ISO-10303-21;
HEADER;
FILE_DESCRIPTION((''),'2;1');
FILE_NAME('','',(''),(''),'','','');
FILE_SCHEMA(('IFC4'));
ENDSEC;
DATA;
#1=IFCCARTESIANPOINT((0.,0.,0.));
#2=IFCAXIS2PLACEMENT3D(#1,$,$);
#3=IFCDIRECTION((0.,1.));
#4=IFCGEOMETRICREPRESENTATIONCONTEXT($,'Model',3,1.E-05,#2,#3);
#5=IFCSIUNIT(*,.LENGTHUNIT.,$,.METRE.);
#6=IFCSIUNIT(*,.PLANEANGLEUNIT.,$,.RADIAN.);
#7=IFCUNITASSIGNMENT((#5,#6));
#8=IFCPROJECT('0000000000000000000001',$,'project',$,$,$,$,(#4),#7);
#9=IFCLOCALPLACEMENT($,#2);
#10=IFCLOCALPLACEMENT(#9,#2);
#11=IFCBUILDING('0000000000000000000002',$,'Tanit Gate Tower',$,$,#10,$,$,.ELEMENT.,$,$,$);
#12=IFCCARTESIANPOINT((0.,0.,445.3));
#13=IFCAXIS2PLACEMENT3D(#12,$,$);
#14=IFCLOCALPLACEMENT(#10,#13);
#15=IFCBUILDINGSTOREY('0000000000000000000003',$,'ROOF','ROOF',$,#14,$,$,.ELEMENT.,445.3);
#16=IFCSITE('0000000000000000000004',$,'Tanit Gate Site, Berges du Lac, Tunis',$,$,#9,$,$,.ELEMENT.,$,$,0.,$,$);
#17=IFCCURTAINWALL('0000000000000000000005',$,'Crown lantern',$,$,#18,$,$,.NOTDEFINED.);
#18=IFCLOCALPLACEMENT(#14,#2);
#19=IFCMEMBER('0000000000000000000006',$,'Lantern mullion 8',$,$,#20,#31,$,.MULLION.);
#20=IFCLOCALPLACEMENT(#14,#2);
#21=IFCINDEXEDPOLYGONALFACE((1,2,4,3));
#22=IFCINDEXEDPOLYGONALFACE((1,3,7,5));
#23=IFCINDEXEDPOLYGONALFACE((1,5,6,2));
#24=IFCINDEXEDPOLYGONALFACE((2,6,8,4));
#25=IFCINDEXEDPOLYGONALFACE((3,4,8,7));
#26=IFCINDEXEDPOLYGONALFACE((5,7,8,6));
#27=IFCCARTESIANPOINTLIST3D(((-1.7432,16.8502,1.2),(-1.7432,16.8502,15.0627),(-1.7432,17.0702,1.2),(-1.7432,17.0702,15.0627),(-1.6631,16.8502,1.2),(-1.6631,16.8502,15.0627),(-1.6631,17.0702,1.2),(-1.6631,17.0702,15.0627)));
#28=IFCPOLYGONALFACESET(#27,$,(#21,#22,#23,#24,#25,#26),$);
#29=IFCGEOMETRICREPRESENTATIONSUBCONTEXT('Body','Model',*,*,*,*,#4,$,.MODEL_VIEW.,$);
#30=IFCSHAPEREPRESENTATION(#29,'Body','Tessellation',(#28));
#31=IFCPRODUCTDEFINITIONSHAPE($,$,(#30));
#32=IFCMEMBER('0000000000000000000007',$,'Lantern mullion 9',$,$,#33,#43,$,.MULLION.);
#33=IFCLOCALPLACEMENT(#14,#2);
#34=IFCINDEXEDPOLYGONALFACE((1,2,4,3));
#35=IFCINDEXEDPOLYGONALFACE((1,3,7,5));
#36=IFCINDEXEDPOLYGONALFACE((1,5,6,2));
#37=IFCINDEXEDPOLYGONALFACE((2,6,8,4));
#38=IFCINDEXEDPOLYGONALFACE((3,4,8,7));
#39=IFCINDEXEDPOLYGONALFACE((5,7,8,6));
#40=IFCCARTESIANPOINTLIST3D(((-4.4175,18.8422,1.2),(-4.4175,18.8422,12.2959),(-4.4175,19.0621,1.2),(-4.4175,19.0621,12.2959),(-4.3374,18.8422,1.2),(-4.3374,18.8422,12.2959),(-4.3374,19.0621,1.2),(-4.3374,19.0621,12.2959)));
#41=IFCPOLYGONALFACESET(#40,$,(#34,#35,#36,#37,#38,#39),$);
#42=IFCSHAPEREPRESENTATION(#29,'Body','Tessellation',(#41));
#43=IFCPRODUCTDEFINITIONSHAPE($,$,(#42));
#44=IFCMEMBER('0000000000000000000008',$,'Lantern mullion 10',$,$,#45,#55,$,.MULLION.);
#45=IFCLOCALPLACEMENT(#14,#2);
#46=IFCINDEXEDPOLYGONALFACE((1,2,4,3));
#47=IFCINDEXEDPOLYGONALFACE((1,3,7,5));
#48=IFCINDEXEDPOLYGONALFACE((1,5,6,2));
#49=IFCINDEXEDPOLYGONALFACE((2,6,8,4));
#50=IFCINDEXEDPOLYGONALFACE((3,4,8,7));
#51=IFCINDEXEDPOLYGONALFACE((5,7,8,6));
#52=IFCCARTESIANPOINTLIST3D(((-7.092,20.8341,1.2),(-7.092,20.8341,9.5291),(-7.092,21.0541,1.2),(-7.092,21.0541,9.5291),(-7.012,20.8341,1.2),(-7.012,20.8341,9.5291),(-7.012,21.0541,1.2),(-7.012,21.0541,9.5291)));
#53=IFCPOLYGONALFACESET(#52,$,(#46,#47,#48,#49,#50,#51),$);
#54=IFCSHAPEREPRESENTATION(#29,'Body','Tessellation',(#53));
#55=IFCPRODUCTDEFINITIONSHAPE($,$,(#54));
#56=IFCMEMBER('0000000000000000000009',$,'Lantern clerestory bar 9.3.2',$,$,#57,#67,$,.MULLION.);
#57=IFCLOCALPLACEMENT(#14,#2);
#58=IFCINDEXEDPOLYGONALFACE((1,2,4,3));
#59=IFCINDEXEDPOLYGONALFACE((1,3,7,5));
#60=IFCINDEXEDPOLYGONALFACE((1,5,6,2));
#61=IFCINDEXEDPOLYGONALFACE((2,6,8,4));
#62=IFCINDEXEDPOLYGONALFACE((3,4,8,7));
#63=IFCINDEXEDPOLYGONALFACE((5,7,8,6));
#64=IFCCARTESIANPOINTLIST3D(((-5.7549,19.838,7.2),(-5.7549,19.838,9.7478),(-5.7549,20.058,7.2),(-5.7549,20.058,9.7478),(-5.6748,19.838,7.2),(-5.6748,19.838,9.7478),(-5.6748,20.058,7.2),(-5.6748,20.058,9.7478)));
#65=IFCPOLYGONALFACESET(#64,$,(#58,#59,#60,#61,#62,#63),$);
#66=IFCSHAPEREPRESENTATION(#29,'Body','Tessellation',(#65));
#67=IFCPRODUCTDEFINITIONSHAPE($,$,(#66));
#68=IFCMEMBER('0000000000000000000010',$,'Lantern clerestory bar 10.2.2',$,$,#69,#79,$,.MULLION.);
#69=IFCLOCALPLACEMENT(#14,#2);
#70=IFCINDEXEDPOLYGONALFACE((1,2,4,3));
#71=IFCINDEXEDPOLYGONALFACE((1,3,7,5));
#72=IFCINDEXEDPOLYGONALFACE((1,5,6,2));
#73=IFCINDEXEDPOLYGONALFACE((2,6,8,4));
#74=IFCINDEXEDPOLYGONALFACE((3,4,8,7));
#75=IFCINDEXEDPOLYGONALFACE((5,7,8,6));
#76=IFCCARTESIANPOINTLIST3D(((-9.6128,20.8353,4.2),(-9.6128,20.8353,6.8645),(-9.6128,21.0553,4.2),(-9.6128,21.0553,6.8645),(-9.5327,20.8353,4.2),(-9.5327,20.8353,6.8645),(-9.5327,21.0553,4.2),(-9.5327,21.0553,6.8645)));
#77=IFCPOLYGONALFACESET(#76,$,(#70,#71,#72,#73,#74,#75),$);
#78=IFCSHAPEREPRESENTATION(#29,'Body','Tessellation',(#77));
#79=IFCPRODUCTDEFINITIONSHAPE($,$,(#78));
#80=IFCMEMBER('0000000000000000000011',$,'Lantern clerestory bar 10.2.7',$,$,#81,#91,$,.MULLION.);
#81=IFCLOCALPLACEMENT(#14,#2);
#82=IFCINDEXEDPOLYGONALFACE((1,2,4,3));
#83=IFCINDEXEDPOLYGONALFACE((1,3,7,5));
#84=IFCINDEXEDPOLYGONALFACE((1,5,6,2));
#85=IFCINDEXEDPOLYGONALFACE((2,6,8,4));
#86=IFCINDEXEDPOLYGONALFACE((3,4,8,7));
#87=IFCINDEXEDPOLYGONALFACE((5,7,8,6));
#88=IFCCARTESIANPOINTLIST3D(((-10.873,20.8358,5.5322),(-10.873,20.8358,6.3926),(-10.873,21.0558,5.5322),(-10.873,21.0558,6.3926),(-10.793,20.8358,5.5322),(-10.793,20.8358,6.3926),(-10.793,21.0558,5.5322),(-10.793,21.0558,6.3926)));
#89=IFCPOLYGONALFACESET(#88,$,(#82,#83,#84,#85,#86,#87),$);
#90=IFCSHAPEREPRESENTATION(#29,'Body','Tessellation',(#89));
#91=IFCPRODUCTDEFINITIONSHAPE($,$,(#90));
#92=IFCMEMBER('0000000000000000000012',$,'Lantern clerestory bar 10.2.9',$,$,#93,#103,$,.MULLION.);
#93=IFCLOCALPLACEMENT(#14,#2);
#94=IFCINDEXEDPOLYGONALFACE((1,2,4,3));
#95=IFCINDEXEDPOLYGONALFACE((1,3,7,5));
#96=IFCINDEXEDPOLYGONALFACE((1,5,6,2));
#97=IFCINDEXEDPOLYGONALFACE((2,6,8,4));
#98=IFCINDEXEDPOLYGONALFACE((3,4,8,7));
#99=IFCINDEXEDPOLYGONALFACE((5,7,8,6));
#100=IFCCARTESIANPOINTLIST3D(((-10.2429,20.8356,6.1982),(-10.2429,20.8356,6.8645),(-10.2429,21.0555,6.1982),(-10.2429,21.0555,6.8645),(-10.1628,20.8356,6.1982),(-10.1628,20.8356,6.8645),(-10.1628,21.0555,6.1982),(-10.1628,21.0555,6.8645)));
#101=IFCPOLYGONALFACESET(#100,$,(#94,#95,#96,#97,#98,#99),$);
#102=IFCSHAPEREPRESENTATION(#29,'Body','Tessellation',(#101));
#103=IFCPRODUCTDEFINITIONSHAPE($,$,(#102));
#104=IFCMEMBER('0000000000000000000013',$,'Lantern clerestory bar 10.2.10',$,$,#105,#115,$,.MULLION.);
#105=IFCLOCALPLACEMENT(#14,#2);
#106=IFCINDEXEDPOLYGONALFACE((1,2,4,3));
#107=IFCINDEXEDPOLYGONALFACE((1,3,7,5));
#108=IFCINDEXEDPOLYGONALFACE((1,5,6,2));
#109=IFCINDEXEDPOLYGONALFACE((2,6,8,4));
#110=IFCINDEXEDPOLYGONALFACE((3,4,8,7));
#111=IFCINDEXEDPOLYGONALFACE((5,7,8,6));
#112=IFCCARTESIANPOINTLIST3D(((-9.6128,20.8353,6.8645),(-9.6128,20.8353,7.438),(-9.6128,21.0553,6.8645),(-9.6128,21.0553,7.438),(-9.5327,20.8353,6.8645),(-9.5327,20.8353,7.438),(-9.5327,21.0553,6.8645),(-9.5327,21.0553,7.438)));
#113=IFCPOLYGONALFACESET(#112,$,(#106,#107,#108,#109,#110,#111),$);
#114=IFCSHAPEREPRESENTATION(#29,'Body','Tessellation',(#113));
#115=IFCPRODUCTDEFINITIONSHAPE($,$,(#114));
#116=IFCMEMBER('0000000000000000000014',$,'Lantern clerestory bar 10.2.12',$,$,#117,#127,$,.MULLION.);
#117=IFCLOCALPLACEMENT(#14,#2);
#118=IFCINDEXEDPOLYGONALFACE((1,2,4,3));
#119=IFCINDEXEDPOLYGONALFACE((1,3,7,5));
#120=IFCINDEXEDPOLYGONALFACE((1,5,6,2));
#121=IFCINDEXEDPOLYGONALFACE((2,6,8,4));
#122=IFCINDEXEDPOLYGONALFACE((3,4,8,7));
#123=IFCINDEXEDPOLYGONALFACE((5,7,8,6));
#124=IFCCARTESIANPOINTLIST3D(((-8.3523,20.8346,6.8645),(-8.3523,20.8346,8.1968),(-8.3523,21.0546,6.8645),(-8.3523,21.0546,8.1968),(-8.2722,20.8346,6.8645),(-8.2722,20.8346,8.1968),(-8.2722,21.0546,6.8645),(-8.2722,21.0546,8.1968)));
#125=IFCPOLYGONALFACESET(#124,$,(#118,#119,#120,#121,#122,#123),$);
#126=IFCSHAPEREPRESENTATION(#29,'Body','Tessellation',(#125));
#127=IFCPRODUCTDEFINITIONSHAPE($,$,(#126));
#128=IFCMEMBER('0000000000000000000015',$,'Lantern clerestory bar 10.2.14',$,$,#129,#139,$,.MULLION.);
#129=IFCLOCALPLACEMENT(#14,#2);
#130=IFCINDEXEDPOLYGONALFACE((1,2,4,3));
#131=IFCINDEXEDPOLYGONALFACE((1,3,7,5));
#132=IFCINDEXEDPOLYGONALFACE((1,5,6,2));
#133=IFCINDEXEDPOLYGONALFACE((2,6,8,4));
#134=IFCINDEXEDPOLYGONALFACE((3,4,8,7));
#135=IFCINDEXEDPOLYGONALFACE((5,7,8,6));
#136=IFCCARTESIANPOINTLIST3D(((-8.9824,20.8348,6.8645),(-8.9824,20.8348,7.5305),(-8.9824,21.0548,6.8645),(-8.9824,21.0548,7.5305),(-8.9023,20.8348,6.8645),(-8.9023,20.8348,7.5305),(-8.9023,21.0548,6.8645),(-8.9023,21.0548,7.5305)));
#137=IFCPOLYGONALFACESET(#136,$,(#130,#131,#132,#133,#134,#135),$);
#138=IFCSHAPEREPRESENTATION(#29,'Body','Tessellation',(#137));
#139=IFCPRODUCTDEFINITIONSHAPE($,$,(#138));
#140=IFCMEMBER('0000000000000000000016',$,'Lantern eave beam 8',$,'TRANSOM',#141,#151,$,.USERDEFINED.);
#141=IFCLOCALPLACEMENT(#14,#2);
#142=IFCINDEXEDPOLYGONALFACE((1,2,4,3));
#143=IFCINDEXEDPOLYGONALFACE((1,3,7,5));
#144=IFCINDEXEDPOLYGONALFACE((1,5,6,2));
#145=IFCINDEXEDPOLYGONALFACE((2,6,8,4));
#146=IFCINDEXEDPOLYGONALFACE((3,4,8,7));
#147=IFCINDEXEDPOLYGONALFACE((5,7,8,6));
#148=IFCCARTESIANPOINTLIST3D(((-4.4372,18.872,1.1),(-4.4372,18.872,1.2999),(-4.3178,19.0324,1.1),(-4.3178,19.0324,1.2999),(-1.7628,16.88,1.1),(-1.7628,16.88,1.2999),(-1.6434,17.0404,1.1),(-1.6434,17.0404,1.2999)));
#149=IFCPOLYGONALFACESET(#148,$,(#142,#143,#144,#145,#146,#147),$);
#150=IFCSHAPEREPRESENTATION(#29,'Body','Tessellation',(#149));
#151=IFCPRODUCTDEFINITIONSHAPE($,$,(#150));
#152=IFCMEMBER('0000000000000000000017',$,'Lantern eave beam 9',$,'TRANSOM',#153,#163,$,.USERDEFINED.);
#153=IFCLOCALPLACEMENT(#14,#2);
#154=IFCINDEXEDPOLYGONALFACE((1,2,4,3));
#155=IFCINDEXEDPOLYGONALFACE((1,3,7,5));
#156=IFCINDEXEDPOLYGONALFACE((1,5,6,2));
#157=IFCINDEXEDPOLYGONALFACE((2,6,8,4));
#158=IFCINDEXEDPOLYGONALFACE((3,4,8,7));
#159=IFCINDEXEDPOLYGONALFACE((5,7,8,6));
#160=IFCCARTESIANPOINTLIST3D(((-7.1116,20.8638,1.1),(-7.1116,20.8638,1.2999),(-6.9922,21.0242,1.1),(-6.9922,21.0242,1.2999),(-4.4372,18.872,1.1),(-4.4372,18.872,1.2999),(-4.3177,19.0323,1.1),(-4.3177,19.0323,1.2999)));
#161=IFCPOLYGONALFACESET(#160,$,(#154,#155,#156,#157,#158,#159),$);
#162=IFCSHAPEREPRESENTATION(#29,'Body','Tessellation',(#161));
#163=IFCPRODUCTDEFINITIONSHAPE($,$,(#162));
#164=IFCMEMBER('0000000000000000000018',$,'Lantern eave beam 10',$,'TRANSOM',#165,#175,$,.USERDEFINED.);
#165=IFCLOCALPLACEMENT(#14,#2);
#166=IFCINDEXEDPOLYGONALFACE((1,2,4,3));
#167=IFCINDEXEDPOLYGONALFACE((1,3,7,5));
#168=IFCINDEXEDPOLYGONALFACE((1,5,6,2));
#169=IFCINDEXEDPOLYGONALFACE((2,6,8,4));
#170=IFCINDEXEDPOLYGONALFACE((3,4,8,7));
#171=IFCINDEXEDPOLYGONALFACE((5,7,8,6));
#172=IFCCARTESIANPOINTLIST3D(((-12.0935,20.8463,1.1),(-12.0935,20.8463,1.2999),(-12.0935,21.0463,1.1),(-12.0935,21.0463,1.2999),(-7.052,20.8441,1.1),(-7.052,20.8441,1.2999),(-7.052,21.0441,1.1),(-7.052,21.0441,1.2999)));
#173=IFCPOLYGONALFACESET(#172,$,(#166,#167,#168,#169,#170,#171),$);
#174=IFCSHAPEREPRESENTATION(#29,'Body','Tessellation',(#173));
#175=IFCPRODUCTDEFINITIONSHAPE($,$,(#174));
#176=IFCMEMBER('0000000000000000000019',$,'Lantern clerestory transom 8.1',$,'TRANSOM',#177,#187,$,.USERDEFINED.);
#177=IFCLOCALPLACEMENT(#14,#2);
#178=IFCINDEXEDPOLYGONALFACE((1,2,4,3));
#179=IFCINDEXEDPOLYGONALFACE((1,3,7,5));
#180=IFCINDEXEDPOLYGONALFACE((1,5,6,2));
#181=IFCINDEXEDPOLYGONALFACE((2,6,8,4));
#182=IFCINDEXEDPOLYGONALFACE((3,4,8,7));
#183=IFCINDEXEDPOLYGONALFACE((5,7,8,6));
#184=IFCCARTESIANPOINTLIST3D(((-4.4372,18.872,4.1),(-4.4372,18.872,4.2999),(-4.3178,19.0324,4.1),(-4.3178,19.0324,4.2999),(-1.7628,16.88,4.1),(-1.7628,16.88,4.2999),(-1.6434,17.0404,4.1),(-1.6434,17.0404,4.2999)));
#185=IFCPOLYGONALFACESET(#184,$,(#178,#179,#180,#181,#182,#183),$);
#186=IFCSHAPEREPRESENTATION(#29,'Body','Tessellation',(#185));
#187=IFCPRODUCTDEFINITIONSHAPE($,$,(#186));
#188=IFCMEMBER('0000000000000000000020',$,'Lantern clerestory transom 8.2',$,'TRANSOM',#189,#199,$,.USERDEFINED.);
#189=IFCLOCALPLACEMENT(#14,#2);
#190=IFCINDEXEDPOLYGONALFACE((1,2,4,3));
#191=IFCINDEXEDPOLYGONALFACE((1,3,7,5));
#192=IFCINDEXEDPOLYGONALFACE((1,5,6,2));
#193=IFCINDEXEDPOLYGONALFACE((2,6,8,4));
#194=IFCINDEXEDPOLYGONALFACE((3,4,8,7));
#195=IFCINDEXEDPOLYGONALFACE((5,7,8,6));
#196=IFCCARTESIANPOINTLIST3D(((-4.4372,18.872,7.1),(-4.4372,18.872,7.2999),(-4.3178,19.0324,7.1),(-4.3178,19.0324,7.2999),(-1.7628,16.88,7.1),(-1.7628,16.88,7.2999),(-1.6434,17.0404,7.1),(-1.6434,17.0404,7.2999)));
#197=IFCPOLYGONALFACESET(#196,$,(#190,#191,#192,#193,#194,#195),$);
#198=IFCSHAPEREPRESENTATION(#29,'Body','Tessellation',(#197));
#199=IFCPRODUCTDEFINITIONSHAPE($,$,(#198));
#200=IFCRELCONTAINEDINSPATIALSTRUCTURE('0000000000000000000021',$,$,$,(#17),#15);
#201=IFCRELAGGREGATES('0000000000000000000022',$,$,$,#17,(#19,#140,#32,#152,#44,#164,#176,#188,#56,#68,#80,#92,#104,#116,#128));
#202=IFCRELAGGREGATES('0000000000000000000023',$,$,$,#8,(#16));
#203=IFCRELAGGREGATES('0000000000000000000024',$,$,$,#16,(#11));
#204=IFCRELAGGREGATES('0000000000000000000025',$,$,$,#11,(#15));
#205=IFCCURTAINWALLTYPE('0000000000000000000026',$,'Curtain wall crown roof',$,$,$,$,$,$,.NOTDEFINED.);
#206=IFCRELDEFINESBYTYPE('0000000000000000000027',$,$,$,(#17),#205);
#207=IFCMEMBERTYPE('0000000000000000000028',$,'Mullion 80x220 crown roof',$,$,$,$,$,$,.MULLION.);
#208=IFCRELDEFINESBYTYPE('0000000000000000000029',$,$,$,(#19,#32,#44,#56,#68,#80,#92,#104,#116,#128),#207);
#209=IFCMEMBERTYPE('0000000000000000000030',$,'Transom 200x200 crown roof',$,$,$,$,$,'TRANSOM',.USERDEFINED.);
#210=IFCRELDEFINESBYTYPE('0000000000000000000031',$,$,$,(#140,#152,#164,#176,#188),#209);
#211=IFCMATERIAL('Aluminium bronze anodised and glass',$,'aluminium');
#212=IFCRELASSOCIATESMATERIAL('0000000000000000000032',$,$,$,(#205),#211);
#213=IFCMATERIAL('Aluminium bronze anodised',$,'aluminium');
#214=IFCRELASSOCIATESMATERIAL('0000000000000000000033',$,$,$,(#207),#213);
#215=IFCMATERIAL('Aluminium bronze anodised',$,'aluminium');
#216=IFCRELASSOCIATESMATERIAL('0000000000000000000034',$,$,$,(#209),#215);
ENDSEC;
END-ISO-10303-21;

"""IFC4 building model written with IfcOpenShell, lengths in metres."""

from ifc_helpers import new_model, si_unit, direction, frame, origin, origin_2d, place, context, subcontext, project, spatial, rectangle, extrude, material, material_profile, profile_set, type_object, element, aggregate, save


model = new_model("IFC4")

# Units and contexts
model_context = context("Model", 3, precision=1e-05, world=origin(), true_north=direction((0.0, 1.0)))
body_context = subcontext(model_context, "Body", "Model", "MODEL_VIEW")
ifc_project = project(units=[si_unit("LENGTHUNIT", "METRE"), si_unit("PLANEANGLEUNIT", "RADIAN")], contexts=[model_context])

# Site, building, storey
site_placement = place(None, origin())
site = spatial("IfcSite", under=ifc_project, at=site_placement, Name="Tanit Gate Site, Berges du Lac, Tunis", CompositionType="ELEMENT", RefElevation=0.0)
building_placement = place(site_placement, origin())
building = spatial("IfcBuilding", under=site, at=building_placement, Name="Tanit Gate Tower", CompositionType="ELEMENT")
storey_placement = place(building_placement, frame((0.0, 0.0, 445.3)))
storey = spatial("IfcBuildingStorey", under=building, at=storey_placement, Name="ROOF", Description="ROOF", CompositionType="ELEMENT", Elevation=445.3)

# Curtain wall, members
ifc_material_1 = material(Name="Aluminium bronze anodised and glass", Category="aluminium")
curtain_wall_type = type_object("IfcCurtainWallType", Name="Curtain wall crown roof", PredefinedType="NOTDEFINED", material=ifc_material_1)
curtain_wall_placement = place(storey_placement, origin())
curtain_wall = element("IfcCurtainWall", 1, at=curtain_wall_placement, inside=storey, type_object=curtain_wall_type, Name="Crown lantern", PredefinedType="NOTDEFINED")
ifc_material_2 = material(Name="Aluminium bronze anodised", Category="aluminium")
ifc_material_profile_1 = material_profile(ifc_material_2, rectangle(XDim=0.0801, YDim=0.22, at=origin_2d()), Name="80x220 bronze rafter")
ifc_profile_set_1 = profile_set([ifc_material_profile_1], Name="Aluminium bronze anodised")
member_type_1 = type_object("IfcMemberType", Name="Mullion 80x220 crown roof", PredefinedType="MULLION", material=ifc_profile_set_1)
member_1_placement = place(storey_placement, frame((-1.7031, 16.9602, 1.2), z_axis=(0.0, 0.0, 1.0), x_axis=(1.0, 0.0, 0.0)))
member_1 = element("IfcMember", 2, at=member_1_placement, type_object=member_type_1, Name="Lantern mullion 8", PredefinedType="MULLION", context=body_context, shape_type="SweptSolid", body=[
    extrude(rectangle(XDim=0.0801, YDim=0.22, at=origin_2d()), origin(), (0.0, 0.0, 1.0), 13.8628),
])
member_2_placement = place(storey_placement, frame((-4.3774, 18.9521, 1.2), z_axis=(0.0, 0.0, 1.0), x_axis=(1.0, 0.0, 0.0)))
member_2 = element("IfcMember", 3, at=member_2_placement, type_object=member_type_1, Name="Lantern mullion 9", PredefinedType="MULLION", context=body_context, shape_type="SweptSolid", body=[
    extrude(rectangle(XDim=0.0801, YDim=0.22, at=origin_2d()), origin(), (0.0, 0.0, 1.0), 11.0959),
])
member_3_placement = place(storey_placement, frame((-7.052, 20.9441, 1.2), z_axis=(0.0, 0.0, 1.0), x_axis=(1.0, 0.0, 0.0)))
member_3 = element("IfcMember", 4, at=member_3_placement, type_object=member_type_1, Name="Lantern mullion 10", PredefinedType="MULLION", context=body_context, shape_type="SweptSolid", body=[
    extrude(rectangle(XDim=0.0801, YDim=0.22, at=origin_2d()), origin(), (0.0, 0.0, 1.0), 8.3291),
])
member_4_placement = place(storey_placement, frame((-5.7148, 19.948, 7.2), z_axis=(0.0, 0.0, 1.0), x_axis=(1.0, 0.0, 0.0)))
member_4 = element("IfcMember", 5, at=member_4_placement, type_object=member_type_1, Name="Lantern clerestory bar 9.3.2", PredefinedType="MULLION", context=body_context, shape_type="SweptSolid", body=[
    extrude(rectangle(XDim=0.0801, YDim=0.22, at=origin_2d()), origin(), (0.0, 0.0, 1.0), 2.5479),
])
member_5_placement = place(storey_placement, frame((-9.5728, 20.9453, 4.2), z_axis=(0.0, 0.0, 1.0), x_axis=(1.0, 0.0, 0.0)))
member_5 = element("IfcMember", 6, at=member_5_placement, type_object=member_type_1, Name="Lantern clerestory bar 10.2.2", PredefinedType="MULLION", context=body_context, shape_type="SweptSolid", body=[
    extrude(rectangle(XDim=0.0801, YDim=0.22, at=origin_2d()), origin(), (0.0, 0.0, 1.0), 2.6646),
])
member_6_placement = place(storey_placement, frame((-10.833, 20.9458, 5.5322), z_axis=(0.0, 0.0, 1.0), x_axis=(1.0, 0.0, 0.0)))
member_6 = element("IfcMember", 7, at=member_6_placement, type_object=member_type_1, Name="Lantern clerestory bar 10.2.7", PredefinedType="MULLION", context=body_context, shape_type="SweptSolid", body=[
    extrude(rectangle(XDim=0.0801, YDim=0.22, at=origin_2d()), origin(), (0.0, 0.0, 1.0), 0.8604),
])
member_7_placement = place(storey_placement, frame((-10.2029, 20.9456, 6.1982), z_axis=(0.0, 0.0, 1.0), x_axis=(1.0, 0.0, 0.0)))
member_7 = element("IfcMember", 8, at=member_7_placement, type_object=member_type_1, Name="Lantern clerestory bar 10.2.9", PredefinedType="MULLION", context=body_context, shape_type="SweptSolid", body=[
    extrude(rectangle(XDim=0.0801, YDim=0.22, at=origin_2d()), origin(), (0.0, 0.0, 1.0), 0.6663),
])
member_8_placement = place(storey_placement, frame((-9.5728, 20.9453, 6.8645), z_axis=(0.0, 0.0, 1.0), x_axis=(1.0, 0.0, 0.0)))
member_8 = element("IfcMember", 9, at=member_8_placement, type_object=member_type_1, Name="Lantern clerestory bar 10.2.10", PredefinedType="MULLION", context=body_context, shape_type="SweptSolid", body=[
    extrude(rectangle(XDim=0.0801, YDim=0.22, at=origin_2d()), origin(), (0.0, 0.0, 1.0), 0.5735),
])
member_9_placement = place(storey_placement, frame((-8.3123, 20.9446, 6.8645), z_axis=(0.0, 0.0, 1.0), x_axis=(1.0, 0.0, 0.0)))
member_9 = element("IfcMember", 10, at=member_9_placement, type_object=member_type_1, Name="Lantern clerestory bar 10.2.12", PredefinedType="MULLION", context=body_context, shape_type="SweptSolid", body=[
    extrude(rectangle(XDim=0.0801, YDim=0.22, at=origin_2d()), origin(), (0.0, 0.0, 1.0), 1.3323),
])
member_10_placement = place(storey_placement, frame((-8.9424, 20.9448, 6.8645), z_axis=(0.0, 0.0, 1.0), x_axis=(1.0, 0.0, 0.0)))
member_10 = element("IfcMember", 11, at=member_10_placement, type_object=member_type_1, Name="Lantern clerestory bar 10.2.14", PredefinedType="MULLION", context=body_context, shape_type="SweptSolid", body=[
    extrude(rectangle(XDim=0.0801, YDim=0.22, at=origin_2d()), origin(), (0.0, 0.0, 1.0), 0.666),
])
ifc_material_3 = material(Name="Aluminium bronze anodised", Category="aluminium")
ifc_material_profile_2 = material_profile(ifc_material_3, rectangle(XDim=0.2, YDim=0.2, at=origin_2d()), Name="200x200 bronze transom")
ifc_profile_set_2 = profile_set([ifc_material_profile_2], Name="Aluminium bronze anodised")
member_type_2 = type_object("IfcMemberType", Name="Transom 200x200 crown roof", ElementType="TRANSOM", PredefinedType="USERDEFINED", material=ifc_profile_set_2)
member_11_placement = place(storey_placement, frame((-1.7031, 16.9602, 1.2), z_axis=(-0.801981, 0.597349, 0.0), x_axis=(-0.597349, -0.801981, 0.0)))
member_11 = element("IfcMember", 12, at=member_11_placement, type_object=member_type_2, Name="Lantern eave beam 8", ObjectType="TRANSOM", PredefinedType="USERDEFINED", context=body_context, shape_type="SweptSolid", body=[
    extrude(rectangle(XDim=0.2, YDim=0.2, at=origin_2d()), origin(), (0.0, 0.0, 1.0), 3.3347),
])
member_12_placement = place(storey_placement, frame((-4.3774, 18.9521, 1.2), z_axis=(-0.802007, 0.597314, 0.0), x_axis=(-0.597314, -0.802007, 0.0)))
member_12 = element("IfcMember", 13, at=member_12_placement, type_object=member_type_2, Name="Lantern eave beam 9", ObjectType="TRANSOM", PredefinedType="USERDEFINED", context=body_context, shape_type="SweptSolid", body=[
    extrude(rectangle(XDim=0.2, YDim=0.2, at=origin_2d()), origin(), (0.0, 0.0, 1.0), 3.3347),
])
member_13_placement = place(storey_placement, frame((-7.052, 20.9441, 1.2), z_axis=(-1.0, 0.000436, 0.0), x_axis=(-0.000436, -1.0, 0.0)))
member_13 = element("IfcMember", 14, at=member_13_placement, type_object=member_type_2, Name="Lantern eave beam 10", ObjectType="TRANSOM", PredefinedType="USERDEFINED", context=body_context, shape_type="SweptSolid", body=[
    extrude(rectangle(XDim=0.2, YDim=0.2, at=origin_2d()), origin(), (0.0, 0.0, 1.0), 5.0415),
])
member_14_placement = place(storey_placement, frame((-1.7031, 16.9602, 4.2), z_axis=(-0.801981, 0.597349, 0.0), x_axis=(-0.597349, -0.801981, 0.0)))
member_14 = element("IfcMember", 15, at=member_14_placement, type_object=member_type_2, Name="Lantern clerestory transom 8.1", ObjectType="TRANSOM", PredefinedType="USERDEFINED", context=body_context, shape_type="SweptSolid", body=[
    extrude(rectangle(XDim=0.2, YDim=0.2, at=origin_2d()), origin(), (0.0, 0.0, 1.0), 3.3347),
])
member_15_placement = place(storey_placement, frame((-1.7031, 16.9602, 7.2), z_axis=(-0.801981, 0.597349, 0.0), x_axis=(-0.597349, -0.801981, 0.0)))
member_15 = element("IfcMember", 16, at=member_15_placement, type_object=member_type_2, Name="Lantern clerestory transom 8.2", ObjectType="TRANSOM", PredefinedType="USERDEFINED", context=body_context, shape_type="SweptSolid", body=[
    extrude(rectangle(XDim=0.2, YDim=0.2, at=origin_2d()), origin(), (0.0, 0.0, 1.0), 3.3347),
])
aggregate(curtain_wall, [member_1, member_11, member_2, member_12, member_3, member_13, member_14, member_15, member_4, member_5, member_6, member_7, member_8, member_9, member_10])

save(model, "model.ifc")
